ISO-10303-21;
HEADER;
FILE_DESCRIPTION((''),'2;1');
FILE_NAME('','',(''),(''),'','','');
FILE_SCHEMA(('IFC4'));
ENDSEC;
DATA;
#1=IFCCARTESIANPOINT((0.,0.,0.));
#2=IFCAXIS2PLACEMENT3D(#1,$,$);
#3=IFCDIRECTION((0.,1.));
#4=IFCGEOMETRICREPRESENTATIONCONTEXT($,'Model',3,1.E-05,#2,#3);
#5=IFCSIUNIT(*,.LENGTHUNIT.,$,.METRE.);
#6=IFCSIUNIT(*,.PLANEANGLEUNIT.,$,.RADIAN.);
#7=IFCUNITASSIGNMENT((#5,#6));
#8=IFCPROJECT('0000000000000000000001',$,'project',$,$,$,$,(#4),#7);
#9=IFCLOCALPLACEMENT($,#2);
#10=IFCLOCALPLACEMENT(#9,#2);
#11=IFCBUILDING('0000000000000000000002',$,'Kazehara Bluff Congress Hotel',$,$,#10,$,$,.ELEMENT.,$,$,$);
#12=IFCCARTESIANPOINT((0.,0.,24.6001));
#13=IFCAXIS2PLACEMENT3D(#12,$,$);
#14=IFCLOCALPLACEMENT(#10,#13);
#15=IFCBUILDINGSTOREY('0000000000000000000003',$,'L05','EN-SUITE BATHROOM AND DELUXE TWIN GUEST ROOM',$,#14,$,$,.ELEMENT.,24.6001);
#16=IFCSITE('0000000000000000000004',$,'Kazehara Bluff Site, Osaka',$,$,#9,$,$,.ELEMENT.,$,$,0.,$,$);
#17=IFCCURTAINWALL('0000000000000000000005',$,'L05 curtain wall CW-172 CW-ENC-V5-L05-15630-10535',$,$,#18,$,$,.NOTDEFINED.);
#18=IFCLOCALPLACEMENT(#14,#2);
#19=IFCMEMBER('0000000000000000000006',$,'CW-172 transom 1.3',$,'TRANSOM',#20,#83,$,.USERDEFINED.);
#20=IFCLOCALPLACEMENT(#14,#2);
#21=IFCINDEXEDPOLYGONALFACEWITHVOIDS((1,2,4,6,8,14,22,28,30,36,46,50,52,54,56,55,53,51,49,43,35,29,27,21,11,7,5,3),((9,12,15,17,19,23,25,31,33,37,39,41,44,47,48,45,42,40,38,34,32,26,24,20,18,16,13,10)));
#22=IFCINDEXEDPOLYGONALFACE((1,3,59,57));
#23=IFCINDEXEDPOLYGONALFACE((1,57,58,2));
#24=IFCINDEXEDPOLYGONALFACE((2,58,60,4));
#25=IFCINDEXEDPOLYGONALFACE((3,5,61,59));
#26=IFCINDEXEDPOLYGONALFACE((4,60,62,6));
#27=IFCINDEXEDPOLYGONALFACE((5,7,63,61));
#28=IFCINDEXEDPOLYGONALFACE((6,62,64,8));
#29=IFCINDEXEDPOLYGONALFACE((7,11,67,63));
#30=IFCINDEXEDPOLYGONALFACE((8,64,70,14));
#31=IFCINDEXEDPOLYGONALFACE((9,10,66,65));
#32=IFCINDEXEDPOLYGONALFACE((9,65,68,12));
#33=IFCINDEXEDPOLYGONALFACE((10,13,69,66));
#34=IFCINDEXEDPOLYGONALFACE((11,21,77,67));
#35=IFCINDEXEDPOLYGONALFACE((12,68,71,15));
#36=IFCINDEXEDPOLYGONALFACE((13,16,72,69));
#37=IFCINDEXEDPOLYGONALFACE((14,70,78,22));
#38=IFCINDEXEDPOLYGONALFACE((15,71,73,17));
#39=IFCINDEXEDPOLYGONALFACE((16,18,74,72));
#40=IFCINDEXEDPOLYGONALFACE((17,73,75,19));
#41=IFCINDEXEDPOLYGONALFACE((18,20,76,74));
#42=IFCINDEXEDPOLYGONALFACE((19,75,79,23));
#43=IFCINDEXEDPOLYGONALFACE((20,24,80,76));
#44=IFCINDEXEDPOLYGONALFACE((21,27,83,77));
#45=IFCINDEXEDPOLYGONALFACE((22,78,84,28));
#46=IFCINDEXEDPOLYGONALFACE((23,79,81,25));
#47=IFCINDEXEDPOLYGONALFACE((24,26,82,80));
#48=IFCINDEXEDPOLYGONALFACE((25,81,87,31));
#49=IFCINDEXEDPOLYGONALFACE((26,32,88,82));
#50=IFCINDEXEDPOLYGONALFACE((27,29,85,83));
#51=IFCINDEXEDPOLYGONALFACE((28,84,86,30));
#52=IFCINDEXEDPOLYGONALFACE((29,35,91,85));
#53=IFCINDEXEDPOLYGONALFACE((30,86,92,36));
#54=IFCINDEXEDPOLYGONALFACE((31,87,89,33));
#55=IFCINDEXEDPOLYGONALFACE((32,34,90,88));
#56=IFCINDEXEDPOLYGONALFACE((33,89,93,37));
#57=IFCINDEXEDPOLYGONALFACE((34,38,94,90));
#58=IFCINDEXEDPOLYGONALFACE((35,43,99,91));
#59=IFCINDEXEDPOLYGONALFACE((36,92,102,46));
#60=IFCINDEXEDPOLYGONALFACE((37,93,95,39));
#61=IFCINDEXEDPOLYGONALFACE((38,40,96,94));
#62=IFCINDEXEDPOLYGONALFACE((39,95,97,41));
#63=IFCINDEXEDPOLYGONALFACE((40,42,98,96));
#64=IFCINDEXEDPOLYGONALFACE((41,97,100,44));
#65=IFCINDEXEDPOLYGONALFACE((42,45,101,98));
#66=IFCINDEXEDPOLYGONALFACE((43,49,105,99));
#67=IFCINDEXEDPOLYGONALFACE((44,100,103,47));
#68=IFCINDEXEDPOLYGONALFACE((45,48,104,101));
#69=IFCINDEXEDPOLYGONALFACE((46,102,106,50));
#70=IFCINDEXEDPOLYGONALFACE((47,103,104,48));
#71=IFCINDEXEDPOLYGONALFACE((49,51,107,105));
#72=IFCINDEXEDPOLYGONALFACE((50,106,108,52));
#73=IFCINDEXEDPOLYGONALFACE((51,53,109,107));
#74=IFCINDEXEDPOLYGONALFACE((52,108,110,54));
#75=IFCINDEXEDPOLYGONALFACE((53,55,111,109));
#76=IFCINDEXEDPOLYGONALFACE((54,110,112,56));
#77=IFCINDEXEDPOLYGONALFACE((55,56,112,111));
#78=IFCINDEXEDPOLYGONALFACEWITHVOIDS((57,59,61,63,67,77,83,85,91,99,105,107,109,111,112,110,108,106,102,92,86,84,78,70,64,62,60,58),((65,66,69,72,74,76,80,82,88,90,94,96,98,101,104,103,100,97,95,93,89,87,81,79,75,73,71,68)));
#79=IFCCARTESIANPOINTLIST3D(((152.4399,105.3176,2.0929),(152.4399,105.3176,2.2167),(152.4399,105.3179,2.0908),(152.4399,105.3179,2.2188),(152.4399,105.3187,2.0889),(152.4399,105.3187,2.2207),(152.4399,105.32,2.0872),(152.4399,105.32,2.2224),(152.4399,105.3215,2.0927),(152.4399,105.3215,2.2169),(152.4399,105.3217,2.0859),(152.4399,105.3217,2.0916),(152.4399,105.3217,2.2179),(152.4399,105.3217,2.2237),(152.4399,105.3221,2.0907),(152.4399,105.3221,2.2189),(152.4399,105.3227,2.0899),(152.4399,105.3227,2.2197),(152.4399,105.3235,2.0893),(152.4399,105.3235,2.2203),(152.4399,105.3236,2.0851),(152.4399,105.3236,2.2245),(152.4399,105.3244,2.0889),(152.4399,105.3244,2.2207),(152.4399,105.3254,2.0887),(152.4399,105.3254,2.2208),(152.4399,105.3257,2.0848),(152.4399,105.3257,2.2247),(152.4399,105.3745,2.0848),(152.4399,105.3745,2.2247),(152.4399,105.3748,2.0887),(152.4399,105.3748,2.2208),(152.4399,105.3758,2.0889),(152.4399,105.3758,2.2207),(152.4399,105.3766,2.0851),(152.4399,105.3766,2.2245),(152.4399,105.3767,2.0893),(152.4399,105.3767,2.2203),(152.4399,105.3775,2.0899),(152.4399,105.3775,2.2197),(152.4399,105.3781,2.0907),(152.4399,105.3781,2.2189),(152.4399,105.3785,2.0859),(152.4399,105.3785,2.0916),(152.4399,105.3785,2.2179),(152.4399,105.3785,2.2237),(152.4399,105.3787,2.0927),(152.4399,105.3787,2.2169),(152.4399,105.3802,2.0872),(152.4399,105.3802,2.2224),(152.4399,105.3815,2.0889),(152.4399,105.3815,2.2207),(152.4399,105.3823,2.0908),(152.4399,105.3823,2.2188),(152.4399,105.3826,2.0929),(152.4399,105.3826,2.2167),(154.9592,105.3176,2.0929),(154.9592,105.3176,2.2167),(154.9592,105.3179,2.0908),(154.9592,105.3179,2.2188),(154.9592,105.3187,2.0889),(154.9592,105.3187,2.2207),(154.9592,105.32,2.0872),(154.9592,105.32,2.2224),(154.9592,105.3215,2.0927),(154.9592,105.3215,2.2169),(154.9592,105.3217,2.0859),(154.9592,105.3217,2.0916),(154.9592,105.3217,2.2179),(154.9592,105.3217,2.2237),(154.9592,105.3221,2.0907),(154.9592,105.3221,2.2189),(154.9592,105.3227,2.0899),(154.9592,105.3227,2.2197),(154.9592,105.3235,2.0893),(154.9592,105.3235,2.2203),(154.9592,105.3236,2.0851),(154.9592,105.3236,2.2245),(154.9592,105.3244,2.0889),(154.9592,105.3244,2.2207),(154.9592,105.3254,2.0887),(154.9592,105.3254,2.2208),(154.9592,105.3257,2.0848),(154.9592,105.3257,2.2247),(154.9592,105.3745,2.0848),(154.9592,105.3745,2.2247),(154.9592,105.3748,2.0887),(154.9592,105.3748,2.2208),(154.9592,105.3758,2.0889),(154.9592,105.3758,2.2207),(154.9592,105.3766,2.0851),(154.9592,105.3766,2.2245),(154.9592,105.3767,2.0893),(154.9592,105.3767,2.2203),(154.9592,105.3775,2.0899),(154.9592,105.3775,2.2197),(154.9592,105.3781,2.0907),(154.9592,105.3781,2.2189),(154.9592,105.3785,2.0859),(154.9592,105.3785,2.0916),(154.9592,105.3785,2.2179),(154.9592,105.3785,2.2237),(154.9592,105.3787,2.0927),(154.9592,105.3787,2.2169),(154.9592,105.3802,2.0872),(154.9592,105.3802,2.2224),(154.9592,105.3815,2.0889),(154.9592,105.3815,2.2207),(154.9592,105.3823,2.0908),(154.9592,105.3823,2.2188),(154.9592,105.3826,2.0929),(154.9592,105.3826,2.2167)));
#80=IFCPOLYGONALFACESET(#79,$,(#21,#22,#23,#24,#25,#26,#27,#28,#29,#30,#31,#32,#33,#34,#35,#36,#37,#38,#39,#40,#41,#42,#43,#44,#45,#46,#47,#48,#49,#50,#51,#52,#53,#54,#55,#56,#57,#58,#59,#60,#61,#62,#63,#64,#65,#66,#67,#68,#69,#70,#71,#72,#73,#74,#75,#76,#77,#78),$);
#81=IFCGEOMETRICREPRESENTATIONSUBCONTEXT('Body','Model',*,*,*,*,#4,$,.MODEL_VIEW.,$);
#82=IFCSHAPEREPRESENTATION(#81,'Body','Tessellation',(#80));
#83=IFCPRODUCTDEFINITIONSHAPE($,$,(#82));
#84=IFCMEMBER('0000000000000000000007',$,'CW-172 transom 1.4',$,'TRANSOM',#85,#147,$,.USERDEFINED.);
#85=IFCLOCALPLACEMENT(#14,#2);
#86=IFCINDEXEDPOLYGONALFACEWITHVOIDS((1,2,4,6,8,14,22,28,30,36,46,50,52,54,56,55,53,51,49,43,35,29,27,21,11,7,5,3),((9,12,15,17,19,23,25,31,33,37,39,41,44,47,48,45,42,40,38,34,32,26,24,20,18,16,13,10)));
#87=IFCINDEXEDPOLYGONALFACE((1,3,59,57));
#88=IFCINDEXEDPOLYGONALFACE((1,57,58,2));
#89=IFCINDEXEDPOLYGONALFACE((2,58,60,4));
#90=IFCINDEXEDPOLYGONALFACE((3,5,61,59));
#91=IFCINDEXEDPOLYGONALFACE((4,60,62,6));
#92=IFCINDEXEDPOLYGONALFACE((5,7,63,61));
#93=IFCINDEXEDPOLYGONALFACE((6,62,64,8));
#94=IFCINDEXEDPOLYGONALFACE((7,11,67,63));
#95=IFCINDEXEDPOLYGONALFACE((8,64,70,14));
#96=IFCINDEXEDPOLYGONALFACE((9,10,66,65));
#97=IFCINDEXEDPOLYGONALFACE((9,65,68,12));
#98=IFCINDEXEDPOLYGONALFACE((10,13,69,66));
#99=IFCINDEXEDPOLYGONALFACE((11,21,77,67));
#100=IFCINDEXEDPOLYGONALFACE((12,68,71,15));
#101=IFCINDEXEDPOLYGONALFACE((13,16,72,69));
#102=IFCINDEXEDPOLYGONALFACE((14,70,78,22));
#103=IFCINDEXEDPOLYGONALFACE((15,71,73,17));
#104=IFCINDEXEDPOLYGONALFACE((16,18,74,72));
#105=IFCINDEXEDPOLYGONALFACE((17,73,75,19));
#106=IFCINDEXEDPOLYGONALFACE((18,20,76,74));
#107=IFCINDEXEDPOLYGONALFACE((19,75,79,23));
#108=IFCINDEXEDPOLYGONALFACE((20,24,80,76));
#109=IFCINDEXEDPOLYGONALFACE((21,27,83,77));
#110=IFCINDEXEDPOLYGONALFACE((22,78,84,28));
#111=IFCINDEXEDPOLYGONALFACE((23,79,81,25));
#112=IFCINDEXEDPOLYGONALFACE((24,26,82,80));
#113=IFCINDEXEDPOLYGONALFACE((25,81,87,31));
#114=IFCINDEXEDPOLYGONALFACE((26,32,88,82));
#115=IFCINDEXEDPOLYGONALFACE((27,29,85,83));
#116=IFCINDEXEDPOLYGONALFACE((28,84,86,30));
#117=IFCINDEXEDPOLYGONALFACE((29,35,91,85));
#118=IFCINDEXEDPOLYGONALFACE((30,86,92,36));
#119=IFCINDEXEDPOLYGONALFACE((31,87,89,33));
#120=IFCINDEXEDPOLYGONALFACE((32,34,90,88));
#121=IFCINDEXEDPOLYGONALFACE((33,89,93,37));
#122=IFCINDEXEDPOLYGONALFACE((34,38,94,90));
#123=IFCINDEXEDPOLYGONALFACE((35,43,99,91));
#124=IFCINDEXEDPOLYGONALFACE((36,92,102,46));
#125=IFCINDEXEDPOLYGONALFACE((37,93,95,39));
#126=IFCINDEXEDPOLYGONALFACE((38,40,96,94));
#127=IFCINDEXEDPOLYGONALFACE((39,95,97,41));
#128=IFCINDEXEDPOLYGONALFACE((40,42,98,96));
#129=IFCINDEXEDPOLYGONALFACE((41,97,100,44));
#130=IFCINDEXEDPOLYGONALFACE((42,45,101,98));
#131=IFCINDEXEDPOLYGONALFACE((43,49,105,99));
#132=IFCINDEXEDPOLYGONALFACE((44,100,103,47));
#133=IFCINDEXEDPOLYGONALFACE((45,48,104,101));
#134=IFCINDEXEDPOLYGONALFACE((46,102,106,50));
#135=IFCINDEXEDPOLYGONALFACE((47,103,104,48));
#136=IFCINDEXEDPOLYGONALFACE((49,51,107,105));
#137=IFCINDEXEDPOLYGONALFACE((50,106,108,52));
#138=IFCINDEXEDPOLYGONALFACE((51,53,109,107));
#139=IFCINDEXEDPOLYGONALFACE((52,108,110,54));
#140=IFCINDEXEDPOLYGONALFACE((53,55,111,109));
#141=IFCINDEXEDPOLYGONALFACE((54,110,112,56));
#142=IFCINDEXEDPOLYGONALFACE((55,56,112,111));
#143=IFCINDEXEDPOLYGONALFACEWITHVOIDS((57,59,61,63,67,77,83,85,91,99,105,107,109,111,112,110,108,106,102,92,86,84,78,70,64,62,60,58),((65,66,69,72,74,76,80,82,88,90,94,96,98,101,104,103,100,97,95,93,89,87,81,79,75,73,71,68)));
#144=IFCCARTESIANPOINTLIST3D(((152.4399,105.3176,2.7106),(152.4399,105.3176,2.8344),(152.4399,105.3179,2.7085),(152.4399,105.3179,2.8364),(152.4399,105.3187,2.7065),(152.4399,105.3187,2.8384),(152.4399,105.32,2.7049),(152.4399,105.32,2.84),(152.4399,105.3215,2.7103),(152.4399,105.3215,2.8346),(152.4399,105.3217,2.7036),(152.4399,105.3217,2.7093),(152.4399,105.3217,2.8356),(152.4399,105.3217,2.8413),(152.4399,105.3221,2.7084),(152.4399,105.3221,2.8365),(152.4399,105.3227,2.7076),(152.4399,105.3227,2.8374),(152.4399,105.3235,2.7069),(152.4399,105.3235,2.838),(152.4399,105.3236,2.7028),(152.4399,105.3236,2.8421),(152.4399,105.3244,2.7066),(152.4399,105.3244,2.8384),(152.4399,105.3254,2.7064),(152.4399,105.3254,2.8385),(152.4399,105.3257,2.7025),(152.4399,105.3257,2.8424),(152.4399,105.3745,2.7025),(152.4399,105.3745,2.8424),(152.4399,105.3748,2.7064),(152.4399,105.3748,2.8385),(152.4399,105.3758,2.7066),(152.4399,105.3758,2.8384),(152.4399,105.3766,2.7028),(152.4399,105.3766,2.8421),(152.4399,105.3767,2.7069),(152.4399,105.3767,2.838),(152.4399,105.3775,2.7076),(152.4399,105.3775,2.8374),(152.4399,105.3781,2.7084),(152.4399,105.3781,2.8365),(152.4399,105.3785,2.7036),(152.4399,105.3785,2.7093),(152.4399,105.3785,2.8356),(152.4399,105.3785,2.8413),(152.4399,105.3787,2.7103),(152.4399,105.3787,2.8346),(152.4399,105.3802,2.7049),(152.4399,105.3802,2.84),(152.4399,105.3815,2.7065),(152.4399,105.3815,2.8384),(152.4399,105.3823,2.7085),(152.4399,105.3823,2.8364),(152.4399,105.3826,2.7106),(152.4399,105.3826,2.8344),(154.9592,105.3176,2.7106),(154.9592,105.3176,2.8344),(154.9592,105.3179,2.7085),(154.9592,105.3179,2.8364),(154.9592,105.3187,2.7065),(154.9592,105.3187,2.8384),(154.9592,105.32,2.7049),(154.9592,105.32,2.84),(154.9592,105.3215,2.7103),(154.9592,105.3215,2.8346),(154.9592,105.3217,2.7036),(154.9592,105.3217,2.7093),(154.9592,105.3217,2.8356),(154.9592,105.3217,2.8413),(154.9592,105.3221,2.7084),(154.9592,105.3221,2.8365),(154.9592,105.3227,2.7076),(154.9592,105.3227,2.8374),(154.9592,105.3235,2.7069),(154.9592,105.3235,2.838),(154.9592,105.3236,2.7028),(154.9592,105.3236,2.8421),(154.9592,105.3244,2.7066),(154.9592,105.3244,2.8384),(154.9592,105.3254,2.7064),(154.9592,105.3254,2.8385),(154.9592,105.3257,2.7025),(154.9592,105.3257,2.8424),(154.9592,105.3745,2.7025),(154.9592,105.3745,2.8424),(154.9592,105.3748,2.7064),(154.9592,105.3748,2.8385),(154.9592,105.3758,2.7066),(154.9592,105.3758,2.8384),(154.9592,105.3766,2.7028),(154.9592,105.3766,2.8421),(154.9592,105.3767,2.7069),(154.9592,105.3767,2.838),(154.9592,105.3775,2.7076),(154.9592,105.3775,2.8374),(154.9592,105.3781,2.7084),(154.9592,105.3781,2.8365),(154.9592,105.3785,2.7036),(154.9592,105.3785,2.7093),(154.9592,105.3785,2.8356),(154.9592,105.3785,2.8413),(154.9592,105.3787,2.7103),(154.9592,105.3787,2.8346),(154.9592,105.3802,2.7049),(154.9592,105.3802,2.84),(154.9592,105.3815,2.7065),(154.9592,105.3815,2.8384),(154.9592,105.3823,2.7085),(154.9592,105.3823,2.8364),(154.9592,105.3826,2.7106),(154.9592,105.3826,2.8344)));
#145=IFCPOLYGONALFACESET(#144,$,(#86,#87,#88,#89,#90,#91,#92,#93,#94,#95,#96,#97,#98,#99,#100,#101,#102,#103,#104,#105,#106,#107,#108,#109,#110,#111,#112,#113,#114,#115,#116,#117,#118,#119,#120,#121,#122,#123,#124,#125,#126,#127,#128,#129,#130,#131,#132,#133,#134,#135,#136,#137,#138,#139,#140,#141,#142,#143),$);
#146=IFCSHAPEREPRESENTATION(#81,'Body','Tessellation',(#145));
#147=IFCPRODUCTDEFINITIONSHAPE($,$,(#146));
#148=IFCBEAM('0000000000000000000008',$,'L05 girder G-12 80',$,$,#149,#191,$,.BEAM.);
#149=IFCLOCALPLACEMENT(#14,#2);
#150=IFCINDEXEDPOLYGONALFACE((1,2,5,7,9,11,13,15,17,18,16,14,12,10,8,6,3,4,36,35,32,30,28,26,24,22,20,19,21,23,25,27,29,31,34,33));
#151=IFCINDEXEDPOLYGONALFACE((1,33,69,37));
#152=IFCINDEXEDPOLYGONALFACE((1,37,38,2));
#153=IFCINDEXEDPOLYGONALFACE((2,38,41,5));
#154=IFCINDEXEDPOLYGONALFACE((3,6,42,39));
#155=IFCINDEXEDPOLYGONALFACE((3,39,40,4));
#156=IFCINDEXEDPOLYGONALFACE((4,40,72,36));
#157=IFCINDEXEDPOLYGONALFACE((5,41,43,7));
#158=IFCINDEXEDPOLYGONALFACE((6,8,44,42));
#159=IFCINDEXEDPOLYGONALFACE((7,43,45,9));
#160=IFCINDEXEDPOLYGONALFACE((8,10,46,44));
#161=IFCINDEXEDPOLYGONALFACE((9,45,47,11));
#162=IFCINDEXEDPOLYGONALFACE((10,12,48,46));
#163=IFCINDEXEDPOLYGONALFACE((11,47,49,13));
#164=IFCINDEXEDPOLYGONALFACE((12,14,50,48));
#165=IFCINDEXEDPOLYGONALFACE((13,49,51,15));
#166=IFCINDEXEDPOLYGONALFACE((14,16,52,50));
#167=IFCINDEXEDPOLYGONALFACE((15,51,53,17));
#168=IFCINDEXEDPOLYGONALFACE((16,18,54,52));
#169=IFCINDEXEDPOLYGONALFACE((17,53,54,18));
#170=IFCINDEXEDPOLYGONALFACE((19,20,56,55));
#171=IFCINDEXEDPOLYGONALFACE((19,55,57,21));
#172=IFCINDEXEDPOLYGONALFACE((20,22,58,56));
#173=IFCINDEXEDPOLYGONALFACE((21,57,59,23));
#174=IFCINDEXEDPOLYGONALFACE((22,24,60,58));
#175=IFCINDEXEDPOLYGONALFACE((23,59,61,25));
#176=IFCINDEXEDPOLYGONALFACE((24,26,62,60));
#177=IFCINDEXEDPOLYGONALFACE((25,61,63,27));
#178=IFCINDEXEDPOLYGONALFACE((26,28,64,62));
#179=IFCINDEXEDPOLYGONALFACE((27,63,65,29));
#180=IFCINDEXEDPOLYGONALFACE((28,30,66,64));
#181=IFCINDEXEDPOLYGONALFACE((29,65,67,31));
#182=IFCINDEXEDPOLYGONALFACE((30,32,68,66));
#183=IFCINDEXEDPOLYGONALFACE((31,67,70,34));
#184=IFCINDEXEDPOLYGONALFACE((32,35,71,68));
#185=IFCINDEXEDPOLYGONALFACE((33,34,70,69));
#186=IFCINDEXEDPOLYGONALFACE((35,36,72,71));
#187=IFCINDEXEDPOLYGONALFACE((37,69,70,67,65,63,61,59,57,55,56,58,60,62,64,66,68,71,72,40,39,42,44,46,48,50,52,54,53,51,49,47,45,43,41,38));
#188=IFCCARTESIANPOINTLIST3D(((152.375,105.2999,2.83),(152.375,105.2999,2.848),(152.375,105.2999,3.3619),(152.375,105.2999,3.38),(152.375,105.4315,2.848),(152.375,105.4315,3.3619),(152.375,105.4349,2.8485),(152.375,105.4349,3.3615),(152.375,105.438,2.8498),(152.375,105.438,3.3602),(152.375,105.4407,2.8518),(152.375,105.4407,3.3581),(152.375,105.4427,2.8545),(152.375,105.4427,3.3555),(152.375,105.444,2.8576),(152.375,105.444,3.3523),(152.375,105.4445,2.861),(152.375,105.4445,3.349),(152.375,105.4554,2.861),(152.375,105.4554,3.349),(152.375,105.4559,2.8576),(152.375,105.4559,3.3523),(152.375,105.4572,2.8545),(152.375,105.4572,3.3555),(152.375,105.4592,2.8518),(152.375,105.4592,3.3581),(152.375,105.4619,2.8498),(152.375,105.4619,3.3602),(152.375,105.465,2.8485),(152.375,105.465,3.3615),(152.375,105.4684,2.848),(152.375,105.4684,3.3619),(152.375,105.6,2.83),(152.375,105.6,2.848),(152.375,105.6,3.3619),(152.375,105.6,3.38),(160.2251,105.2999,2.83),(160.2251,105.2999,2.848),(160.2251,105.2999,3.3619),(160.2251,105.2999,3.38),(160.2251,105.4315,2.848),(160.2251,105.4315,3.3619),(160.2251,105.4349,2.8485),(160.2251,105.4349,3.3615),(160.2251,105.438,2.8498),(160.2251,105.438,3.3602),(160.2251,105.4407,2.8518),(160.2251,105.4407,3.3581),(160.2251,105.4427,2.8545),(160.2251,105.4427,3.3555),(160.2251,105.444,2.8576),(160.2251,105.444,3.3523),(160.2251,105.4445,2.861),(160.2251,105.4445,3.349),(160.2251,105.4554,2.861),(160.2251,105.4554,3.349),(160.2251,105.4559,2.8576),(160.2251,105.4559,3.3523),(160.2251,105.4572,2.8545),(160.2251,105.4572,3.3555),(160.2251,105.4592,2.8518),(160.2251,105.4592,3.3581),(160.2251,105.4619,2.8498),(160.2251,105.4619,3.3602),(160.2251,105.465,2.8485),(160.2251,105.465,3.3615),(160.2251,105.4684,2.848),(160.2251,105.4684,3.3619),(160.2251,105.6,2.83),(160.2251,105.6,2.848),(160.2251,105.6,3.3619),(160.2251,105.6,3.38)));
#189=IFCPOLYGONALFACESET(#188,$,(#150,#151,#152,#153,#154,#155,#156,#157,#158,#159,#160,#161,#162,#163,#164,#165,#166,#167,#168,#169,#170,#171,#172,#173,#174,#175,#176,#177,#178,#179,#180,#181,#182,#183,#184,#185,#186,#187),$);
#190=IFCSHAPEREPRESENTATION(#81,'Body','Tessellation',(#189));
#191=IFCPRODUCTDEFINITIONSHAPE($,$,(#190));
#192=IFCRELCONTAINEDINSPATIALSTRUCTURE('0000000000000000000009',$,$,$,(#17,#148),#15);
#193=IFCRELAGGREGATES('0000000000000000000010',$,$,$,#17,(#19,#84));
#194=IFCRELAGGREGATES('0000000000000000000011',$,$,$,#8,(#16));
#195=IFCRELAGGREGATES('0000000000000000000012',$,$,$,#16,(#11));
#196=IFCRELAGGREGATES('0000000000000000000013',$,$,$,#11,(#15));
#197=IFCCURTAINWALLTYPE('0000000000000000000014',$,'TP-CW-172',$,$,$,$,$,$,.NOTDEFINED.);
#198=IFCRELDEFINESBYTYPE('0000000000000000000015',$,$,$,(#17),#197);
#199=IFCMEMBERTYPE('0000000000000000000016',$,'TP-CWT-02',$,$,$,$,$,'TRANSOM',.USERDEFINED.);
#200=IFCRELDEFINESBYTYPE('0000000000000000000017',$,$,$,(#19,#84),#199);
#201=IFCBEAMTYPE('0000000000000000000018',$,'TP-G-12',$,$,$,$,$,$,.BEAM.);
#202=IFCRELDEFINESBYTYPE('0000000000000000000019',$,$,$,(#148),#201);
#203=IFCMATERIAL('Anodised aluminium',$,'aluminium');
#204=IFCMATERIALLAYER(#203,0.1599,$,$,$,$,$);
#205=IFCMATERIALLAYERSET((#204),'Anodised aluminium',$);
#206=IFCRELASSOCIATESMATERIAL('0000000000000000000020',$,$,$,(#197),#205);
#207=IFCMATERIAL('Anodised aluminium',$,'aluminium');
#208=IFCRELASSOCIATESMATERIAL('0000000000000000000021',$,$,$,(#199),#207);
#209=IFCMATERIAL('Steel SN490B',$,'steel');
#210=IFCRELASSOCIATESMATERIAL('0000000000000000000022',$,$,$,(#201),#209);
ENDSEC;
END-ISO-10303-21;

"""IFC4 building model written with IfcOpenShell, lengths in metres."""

from ifc_helpers import new_model, si_unit, direction, frame, origin, origin_2d, place, context, subcontext, project, spatial, hollow_rectangle, i_section, extrude, material, layer, layer_set, material_profile, profile_set, type_object, element, aggregate, save


model = new_model("IFC4")

# Units and contexts
model_context = context("Model", 3, precision=1e-05, world=origin(), true_north=direction((0.0, 1.0)))
body_context = subcontext(model_context, "Body", "Model", "MODEL_VIEW")
ifc_project = project(units=[si_unit("LENGTHUNIT", "METRE"), si_unit("PLANEANGLEUNIT", "RADIAN")], contexts=[model_context])

# Site, building, storey
site_placement = place(None, origin())
site = spatial("IfcSite", under=ifc_project, at=site_placement, Name="Kazehara Bluff Site, Osaka", CompositionType="ELEMENT", RefElevation=0.0)
building_placement = place(site_placement, origin())
building = spatial("IfcBuilding", under=site, at=building_placement, Name="Kazehara Bluff Congress Hotel", CompositionType="ELEMENT")
storey_placement = place(building_placement, frame((0.0, 0.0, 24.6001)))
storey = spatial("IfcBuildingStorey", under=building, at=storey_placement, Name="L05", Description="EN-SUITE BATHROOM AND DELUXE TWIN GUEST ROOM", CompositionType="ELEMENT", Elevation=24.6001)

# Curtain wall
ifc_material_1 = material(Name="Anodised aluminium", Category="aluminium")
ifc_layer_1 = layer(ifc_material_1, 0.1599)
ifc_layer_set_1 = layer_set([ifc_layer_1], Name="Anodised aluminium")
curtain_wall_type_1 = type_object("IfcCurtainWallType", Name="TP-CW-172", PredefinedType="NOTDEFINED", material=ifc_layer_set_1)
curtain_wall_1_placement = place(storey_placement, origin())
curtain_wall_1 = element("IfcCurtainWall", 1, at=curtain_wall_1_placement, inside=storey, type_object=curtain_wall_type_1, Name="L05 curtain wall CW-172 CW-ENC-V5-L05-15630-10535", PredefinedType="NOTDEFINED")

# Members
ifc_material_2 = material(Name="Anodised aluminium", Category="aluminium")
ifc_material_profile_1 = material_profile(ifc_material_2, hollow_rectangle(XDim=0.0649, YDim=0.1399, WallThickness=0.0039, InnerFilletRadius=0.0039, OuterFilletRadius=0.0081, at=origin_2d()))
ifc_profile_set_1 = profile_set([ifc_material_profile_1], Name="Anodised aluminium")
member_type_1 = type_object("IfcMemberType", Name="TP-CWT-02", ElementType="TRANSOM", PredefinedType="USERDEFINED", material=ifc_profile_set_1)
member_1_placement = place(storey_placement, frame((152.4399, 105.3501, 2.1548), z_axis=(1.0, 0.0, 0.0), x_axis=(0.0, 1.0, 0.0)))
member_1 = element("IfcMember", 2, at=member_1_placement, type_object=member_type_1, Name="CW-172 transom 1.3", ObjectType="TRANSOM", PredefinedType="USERDEFINED", context=body_context, shape_type="SweptSolid", body=[
    extrude(hollow_rectangle(XDim=0.0649, YDim=0.1399, WallThickness=0.0039, InnerFilletRadius=0.0039, OuterFilletRadius=0.0081, at=origin_2d()), origin(), (0.0, 0.0, 1.0), 2.5193),
])
member_2_placement = place(storey_placement, frame((152.4399, 105.3501, 2.7725), z_axis=(1.0, 0.0, 0.0), x_axis=(0.0, 1.0, 0.0)))
member_2 = element("IfcMember", 3, at=member_2_placement, type_object=member_type_1, Name="CW-172 transom 1.4", ObjectType="TRANSOM", PredefinedType="USERDEFINED", context=body_context, shape_type="SweptSolid", body=[
    extrude(hollow_rectangle(XDim=0.0649, YDim=0.1399, WallThickness=0.0039, InnerFilletRadius=0.0039, OuterFilletRadius=0.0081, at=origin_2d()), origin(), (0.0, 0.0, 1.0), 2.5193),
])
aggregate(curtain_wall_1, [member_1, member_2])

# Beam
ifc_material_3 = material(Name="Steel SN490B", Category="steel")
ifc_material_profile_2 = material_profile(ifc_material_3, i_section(OverallWidth=0.3, OverallDepth=0.55, WebThickness=0.011, FlangeThickness=0.0181, FilletRadius=0.0129, at=origin_2d()))
ifc_profile_set_2 = profile_set([ifc_material_profile_2], Name="Steel SN490B")
beam_type = type_object("IfcBeamType", Name="TP-G-12", PredefinedType="BEAM", material=ifc_profile_set_2)
beam_placement = place(storey_placement, frame((152.375, 105.45, 3.105), z_axis=(1.0, 0.0, 0.0), x_axis=(0.0, 1.0, 0.0)))
element("IfcBeam", 4, at=beam_placement, inside=storey, type_object=beam_type, Name="L05 girder G-12 80", PredefinedType="BEAM", context=body_context, shape_type="SweptSolid", body=[
    extrude(i_section(OverallWidth=0.3, OverallDepth=0.55, WebThickness=0.011, FlangeThickness=0.0181, FilletRadius=0.0129, at=origin_2d()), origin(), (0.0, 0.0, 1.0), 7.8501),
])

save(model, "model.ifc")
